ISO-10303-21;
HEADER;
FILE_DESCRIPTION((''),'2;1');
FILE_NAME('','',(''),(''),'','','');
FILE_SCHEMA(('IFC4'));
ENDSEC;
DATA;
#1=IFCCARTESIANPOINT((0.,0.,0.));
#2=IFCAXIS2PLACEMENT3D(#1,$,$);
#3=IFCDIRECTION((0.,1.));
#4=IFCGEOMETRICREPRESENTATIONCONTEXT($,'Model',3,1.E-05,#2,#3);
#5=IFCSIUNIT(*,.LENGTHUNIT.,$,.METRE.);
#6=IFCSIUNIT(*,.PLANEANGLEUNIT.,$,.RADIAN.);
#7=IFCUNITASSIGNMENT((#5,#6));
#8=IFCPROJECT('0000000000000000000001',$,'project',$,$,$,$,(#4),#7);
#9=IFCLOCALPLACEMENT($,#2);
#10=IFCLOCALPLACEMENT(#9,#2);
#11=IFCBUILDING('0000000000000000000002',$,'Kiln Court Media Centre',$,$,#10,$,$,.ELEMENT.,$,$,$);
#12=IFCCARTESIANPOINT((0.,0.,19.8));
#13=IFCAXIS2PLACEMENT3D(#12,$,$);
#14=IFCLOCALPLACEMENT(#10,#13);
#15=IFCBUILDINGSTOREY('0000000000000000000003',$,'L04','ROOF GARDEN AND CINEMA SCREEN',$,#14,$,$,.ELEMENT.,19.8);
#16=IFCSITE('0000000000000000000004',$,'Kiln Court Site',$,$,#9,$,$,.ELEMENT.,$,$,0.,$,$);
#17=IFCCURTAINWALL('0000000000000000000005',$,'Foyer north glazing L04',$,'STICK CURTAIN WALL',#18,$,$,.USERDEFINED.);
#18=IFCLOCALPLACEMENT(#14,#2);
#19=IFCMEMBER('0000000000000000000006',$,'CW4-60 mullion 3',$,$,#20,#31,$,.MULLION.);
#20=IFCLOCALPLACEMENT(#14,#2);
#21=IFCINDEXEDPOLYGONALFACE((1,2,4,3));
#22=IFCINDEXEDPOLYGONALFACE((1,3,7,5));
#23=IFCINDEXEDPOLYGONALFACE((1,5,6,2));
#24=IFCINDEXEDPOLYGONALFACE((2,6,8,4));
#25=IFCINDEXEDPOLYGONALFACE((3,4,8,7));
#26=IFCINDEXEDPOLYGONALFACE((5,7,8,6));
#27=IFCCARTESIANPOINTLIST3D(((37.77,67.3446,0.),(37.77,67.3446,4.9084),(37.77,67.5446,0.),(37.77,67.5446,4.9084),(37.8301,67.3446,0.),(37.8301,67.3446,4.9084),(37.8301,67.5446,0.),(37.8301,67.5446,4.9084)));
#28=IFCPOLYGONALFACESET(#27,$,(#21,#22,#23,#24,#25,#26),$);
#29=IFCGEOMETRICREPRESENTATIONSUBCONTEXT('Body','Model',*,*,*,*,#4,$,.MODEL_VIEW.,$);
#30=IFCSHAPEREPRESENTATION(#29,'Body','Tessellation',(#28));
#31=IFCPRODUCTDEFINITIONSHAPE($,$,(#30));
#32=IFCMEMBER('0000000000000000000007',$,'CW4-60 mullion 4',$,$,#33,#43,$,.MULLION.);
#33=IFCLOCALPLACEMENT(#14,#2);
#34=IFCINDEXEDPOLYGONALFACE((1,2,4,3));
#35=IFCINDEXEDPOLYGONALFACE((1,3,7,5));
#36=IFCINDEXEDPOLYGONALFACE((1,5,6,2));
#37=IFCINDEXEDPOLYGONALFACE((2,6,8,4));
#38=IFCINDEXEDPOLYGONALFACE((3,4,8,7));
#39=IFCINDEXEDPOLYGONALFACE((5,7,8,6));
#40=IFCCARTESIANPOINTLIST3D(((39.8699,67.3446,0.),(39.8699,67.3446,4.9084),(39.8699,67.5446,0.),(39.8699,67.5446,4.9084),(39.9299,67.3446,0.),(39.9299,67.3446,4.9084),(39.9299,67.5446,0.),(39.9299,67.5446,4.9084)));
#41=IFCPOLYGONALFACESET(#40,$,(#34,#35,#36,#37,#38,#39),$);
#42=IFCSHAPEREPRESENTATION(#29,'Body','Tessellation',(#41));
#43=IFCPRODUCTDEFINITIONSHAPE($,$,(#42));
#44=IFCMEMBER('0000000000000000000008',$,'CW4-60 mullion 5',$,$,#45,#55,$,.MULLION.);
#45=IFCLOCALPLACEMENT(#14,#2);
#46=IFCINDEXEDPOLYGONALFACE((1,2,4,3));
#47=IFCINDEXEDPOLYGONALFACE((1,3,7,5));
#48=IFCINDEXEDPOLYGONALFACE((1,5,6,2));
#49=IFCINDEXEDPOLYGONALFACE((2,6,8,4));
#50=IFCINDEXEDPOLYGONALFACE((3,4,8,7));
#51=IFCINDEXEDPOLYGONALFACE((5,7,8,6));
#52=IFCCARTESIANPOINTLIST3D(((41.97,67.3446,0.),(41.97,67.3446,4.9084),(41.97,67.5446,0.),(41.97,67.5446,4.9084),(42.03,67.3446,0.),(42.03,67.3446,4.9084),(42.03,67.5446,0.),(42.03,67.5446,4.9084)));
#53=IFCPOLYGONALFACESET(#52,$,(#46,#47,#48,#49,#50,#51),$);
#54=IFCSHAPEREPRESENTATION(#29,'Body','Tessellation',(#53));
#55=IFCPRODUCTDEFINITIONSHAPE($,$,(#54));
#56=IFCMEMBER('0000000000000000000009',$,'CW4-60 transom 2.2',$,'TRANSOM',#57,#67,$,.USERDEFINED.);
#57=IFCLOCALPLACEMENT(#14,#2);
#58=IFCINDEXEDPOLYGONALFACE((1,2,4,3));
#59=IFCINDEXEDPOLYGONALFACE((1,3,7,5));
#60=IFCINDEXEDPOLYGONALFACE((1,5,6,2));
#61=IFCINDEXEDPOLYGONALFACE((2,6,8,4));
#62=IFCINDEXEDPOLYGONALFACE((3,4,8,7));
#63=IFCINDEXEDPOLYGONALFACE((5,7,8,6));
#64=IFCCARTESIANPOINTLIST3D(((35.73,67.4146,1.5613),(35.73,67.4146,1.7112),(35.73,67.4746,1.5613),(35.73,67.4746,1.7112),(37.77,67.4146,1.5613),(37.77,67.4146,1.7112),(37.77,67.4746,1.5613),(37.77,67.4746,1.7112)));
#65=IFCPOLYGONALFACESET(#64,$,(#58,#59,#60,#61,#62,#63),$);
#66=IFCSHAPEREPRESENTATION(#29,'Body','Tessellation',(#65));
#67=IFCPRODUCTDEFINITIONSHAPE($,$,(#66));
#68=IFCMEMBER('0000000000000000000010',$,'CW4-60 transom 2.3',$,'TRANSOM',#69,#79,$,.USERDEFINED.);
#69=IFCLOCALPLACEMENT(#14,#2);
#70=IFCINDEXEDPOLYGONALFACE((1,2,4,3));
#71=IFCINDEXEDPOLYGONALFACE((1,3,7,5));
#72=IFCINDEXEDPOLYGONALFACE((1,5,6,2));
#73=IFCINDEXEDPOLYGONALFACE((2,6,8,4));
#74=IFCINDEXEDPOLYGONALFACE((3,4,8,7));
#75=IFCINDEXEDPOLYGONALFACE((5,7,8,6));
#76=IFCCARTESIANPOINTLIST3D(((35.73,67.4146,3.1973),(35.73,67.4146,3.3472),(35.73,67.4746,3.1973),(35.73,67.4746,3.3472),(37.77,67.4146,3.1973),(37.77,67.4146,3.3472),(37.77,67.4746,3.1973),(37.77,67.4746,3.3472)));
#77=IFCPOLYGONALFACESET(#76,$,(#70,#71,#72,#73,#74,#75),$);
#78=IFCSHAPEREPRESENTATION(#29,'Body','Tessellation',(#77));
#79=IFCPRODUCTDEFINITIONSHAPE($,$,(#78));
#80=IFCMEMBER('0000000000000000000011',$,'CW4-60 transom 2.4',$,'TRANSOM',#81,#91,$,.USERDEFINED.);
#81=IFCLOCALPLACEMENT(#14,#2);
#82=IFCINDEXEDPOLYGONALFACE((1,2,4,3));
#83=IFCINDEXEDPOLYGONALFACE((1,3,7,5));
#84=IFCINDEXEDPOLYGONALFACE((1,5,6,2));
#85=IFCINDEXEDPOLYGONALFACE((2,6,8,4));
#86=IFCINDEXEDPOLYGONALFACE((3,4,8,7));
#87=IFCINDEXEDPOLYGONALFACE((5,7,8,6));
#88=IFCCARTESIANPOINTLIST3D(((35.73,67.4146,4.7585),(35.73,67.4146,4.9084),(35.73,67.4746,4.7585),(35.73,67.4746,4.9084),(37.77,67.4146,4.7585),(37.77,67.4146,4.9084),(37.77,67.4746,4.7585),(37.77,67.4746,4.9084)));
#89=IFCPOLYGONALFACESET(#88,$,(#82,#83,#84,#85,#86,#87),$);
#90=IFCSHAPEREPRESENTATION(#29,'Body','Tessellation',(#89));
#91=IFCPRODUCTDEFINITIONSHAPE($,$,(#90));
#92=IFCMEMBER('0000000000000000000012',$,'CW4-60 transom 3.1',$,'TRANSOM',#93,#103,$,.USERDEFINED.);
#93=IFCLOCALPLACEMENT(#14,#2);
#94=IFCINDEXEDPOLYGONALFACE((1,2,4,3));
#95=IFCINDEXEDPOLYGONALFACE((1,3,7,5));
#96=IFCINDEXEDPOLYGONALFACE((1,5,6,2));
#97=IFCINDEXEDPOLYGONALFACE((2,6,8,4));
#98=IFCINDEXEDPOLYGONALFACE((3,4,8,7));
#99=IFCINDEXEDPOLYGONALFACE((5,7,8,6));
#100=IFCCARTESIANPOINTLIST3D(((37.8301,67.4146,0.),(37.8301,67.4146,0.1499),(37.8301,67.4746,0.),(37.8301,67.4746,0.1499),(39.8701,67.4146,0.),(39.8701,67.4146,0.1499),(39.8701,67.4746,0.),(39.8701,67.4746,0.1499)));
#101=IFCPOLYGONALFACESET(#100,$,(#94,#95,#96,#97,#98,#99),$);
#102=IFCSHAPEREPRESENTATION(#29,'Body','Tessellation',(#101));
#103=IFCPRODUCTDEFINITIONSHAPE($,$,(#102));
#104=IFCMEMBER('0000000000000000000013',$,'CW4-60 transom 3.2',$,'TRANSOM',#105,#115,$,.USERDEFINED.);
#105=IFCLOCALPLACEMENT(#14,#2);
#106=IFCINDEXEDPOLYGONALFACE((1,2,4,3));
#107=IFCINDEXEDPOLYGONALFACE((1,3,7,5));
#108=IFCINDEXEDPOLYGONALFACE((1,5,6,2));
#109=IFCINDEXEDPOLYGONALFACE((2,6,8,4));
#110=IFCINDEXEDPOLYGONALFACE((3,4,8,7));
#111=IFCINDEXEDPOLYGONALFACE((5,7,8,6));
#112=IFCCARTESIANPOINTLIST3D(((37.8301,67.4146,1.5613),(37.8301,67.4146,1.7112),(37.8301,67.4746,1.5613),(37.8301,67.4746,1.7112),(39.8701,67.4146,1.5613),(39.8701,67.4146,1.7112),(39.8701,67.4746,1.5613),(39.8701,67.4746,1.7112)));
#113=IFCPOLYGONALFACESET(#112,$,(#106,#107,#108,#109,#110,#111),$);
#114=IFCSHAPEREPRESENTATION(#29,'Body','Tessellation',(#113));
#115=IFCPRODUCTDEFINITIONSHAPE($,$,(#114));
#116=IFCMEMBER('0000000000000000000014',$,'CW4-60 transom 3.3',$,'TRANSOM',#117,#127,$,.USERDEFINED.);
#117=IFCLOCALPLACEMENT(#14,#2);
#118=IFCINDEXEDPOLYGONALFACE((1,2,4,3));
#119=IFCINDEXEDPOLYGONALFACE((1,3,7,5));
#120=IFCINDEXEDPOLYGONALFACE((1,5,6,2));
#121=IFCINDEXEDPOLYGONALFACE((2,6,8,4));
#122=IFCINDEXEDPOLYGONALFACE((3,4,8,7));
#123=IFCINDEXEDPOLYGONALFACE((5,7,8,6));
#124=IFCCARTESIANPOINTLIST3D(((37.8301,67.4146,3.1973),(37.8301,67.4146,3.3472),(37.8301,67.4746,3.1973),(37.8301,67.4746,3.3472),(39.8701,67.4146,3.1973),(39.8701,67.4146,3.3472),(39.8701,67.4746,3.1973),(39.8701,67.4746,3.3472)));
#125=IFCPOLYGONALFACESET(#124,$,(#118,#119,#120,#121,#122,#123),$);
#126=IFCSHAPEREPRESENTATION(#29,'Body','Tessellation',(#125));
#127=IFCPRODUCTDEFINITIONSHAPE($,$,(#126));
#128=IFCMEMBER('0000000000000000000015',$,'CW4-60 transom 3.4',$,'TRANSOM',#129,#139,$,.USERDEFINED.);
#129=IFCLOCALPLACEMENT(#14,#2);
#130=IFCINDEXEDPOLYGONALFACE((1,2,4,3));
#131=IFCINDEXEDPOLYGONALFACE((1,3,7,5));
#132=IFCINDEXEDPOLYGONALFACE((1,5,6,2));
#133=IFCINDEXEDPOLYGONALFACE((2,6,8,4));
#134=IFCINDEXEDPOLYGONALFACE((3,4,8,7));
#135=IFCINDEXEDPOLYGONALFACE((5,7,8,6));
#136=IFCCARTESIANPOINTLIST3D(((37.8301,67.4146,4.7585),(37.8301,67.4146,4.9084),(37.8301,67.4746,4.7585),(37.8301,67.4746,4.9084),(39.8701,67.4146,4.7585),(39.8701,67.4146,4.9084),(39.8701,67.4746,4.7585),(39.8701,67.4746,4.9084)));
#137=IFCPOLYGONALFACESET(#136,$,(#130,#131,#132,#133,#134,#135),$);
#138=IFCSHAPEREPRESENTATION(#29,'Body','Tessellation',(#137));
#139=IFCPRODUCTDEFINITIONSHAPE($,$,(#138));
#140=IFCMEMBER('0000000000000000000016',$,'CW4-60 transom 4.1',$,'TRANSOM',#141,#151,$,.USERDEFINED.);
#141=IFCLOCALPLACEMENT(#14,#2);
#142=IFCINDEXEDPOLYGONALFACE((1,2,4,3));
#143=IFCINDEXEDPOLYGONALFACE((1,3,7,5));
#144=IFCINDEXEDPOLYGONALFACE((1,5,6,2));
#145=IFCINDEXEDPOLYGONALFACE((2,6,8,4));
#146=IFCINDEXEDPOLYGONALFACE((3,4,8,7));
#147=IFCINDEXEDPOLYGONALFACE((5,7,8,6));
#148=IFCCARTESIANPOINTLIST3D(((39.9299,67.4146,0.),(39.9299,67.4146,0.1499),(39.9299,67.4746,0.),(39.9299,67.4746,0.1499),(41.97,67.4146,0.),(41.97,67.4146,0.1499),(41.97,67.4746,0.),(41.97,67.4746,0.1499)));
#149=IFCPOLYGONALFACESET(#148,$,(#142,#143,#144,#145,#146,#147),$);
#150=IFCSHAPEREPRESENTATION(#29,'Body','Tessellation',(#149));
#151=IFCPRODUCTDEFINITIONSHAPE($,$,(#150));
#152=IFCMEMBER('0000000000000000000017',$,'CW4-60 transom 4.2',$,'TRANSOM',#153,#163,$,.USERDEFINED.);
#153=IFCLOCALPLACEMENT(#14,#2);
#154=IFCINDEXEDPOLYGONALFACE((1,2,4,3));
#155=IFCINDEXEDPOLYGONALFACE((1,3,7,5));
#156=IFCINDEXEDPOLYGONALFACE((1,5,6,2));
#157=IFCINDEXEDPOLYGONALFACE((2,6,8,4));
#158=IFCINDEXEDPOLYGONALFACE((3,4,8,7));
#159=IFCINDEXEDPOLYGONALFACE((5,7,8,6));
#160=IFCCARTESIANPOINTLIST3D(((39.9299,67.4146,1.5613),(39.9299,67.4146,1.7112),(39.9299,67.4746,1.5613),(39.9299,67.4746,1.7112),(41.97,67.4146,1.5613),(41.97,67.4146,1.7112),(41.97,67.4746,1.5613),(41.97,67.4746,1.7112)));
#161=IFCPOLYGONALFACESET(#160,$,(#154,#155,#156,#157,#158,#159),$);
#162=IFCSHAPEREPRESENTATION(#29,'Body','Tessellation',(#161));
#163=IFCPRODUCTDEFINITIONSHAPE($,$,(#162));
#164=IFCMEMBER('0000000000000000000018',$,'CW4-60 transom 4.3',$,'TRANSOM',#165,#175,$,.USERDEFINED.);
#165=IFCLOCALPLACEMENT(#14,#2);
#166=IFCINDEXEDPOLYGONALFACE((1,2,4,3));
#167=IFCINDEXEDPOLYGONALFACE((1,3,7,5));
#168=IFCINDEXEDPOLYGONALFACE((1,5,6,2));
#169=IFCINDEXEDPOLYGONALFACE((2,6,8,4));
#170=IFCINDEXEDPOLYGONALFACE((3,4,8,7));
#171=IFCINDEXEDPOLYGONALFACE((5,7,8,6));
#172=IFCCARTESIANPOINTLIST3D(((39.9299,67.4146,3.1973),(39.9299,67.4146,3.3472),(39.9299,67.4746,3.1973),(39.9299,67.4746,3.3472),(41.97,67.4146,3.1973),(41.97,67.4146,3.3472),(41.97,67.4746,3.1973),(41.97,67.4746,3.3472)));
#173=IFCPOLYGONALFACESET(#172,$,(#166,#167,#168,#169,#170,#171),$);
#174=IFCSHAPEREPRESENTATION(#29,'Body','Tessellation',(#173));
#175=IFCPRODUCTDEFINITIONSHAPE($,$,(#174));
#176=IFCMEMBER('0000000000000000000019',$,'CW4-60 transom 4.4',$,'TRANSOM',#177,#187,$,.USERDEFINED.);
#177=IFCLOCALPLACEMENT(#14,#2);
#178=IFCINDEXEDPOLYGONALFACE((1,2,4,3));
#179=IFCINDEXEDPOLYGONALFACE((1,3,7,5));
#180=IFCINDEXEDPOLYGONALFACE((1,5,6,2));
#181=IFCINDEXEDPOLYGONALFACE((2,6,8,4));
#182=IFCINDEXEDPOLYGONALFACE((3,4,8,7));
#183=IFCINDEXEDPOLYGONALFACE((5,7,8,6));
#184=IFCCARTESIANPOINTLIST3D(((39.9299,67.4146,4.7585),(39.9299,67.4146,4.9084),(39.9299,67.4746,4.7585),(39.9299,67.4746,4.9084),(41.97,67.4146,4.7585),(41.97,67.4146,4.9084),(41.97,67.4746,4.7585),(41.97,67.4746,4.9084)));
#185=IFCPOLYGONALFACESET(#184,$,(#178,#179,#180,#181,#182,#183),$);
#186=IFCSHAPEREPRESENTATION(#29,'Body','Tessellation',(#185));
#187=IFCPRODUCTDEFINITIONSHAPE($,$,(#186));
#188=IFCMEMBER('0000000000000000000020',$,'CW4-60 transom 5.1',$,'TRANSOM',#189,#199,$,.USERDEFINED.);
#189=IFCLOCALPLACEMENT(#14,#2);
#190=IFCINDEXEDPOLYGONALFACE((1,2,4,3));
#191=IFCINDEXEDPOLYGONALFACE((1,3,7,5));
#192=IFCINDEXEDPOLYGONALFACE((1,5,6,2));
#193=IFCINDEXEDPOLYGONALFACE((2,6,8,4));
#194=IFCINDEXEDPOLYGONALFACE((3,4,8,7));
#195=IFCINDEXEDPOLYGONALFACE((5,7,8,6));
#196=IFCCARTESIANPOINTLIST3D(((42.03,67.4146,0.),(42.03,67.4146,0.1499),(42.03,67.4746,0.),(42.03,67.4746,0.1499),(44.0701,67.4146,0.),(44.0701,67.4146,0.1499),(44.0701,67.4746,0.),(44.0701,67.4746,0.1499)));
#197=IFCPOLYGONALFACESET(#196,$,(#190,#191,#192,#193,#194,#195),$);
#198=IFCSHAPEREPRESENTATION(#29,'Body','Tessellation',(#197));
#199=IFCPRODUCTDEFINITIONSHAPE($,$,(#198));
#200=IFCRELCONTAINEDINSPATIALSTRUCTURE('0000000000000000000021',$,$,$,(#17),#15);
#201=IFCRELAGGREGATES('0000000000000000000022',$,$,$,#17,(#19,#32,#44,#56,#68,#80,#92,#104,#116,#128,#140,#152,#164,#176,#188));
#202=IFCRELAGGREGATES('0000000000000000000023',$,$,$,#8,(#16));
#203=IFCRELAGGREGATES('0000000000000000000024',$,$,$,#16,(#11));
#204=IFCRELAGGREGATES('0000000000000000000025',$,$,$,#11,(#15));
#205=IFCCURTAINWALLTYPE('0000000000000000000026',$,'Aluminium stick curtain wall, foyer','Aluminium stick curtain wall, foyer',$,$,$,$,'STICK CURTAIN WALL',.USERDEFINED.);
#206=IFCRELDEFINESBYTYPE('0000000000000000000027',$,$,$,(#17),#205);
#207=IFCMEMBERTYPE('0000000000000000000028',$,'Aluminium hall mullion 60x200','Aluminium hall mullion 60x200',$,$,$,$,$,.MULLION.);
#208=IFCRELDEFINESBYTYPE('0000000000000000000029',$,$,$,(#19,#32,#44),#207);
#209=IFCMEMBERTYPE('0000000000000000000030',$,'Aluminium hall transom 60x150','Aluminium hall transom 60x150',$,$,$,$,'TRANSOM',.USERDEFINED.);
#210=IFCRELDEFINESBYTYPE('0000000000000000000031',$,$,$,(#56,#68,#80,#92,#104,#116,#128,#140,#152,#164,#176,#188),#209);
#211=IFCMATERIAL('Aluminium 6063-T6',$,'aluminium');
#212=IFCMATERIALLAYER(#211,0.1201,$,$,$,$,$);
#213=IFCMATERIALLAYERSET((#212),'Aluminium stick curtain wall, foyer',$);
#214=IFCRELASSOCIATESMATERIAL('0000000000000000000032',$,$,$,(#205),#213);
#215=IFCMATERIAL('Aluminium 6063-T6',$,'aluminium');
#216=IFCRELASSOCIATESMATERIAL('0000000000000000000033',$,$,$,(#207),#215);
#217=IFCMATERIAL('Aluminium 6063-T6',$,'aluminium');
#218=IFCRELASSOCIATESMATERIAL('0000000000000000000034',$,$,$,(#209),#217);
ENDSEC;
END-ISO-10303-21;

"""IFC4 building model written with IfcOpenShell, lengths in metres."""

from ifc_helpers import new_model, si_unit, direction, frame, origin, origin_2d, place, context, subcontext, project, spatial, rectangle, extrude, material, layer, layer_set, material_profile, profile_set, type_object, element, aggregate, save


model = new_model("IFC4")

# Units and contexts
model_context = context("Model", 3, precision=1e-05, world=origin(), true_north=direction((0.0, 1.0)))
body_context = subcontext(model_context, "Body", "Model", "MODEL_VIEW")
ifc_project = project(units=[si_unit("LENGTHUNIT", "METRE"), si_unit("PLANEANGLEUNIT", "RADIAN")], contexts=[model_context])

# Site, building, storey
site_placement = place(None, origin())
site = spatial("IfcSite", under=ifc_project, at=site_placement, Name="Kiln Court Site", CompositionType="ELEMENT", RefElevation=0.0)
building_placement = place(site_placement, origin())
building = spatial("IfcBuilding", under=site, at=building_placement, Name="Kiln Court Media Centre", CompositionType="ELEMENT")
storey_placement = place(building_placement, frame((0.0, 0.0, 19.8)))
storey = spatial("IfcBuildingStorey", under=building, at=storey_placement, Name="L04", Description="ROOF GARDEN AND CINEMA SCREEN", CompositionType="ELEMENT", Elevation=19.8)

# Curtain wall, members
ifc_material_1 = material(Name="Aluminium 6063-T6", Category="aluminium")
ifc_layer_1 = layer(ifc_material_1, 0.1201)
ifc_layer_set_1 = layer_set([ifc_layer_1], Name="Aluminium stick curtain wall, foyer")
curtain_wall_type = type_object("IfcCurtainWallType", Name="Aluminium stick curtain wall, foyer", Description="Aluminium stick curtain wall, foyer", ElementType="STICK CURTAIN WALL", PredefinedType="USERDEFINED", material=ifc_layer_set_1)
curtain_wall_placement = place(storey_placement, origin())
curtain_wall = element("IfcCurtainWall", 1, at=curtain_wall_placement, inside=storey, type_object=curtain_wall_type, Name="Foyer north glazing L04", ObjectType="STICK CURTAIN WALL", PredefinedType="USERDEFINED")
ifc_material_2 = material(Name="Aluminium 6063-T6", Category="aluminium")
ifc_material_profile_1 = material_profile(ifc_material_2, rectangle(XDim=0.0601, YDim=0.2, at=origin_2d()), Name="Aluminium hall mullion 60x200")
ifc_profile_set_1 = profile_set([ifc_material_profile_1], Name="Aluminium 6063-T6")
member_type_1 = type_object("IfcMemberType", Name="Aluminium hall mullion 60x200", Description="Aluminium hall mullion 60x200", PredefinedType="MULLION", material=ifc_profile_set_1)
member_1_placement = place(storey_placement, frame((37.8, 67.4446, 0.0), z_axis=(0.0, 0.0, 1.0), x_axis=(1.0, 0.0, 0.0)))
member_1 = element("IfcMember", 2, at=member_1_placement, type_object=member_type_1, Name="CW4-60 mullion 3", PredefinedType="MULLION", context=body_context, shape_type="SweptSolid", body=[
    extrude(rectangle(XDim=0.0601, YDim=0.2, at=origin_2d()), origin(), (0.0, 0.0, 1.0), 4.9084),
])
member_2_placement = place(storey_placement, frame((39.8999, 67.4446, 0.0), z_axis=(0.0, 0.0, 1.0), x_axis=(1.0, 0.0, 0.0)))
member_2 = element("IfcMember", 3, at=member_2_placement, type_object=member_type_1, Name="CW4-60 mullion 4", PredefinedType="MULLION", context=body_context, shape_type="SweptSolid", body=[
    extrude(rectangle(XDim=0.0601, YDim=0.2, at=origin_2d()), origin(), (0.0, 0.0, 1.0), 4.9084),
])
member_3_placement = place(storey_placement, frame((42.0, 67.4446, 0.0), z_axis=(0.0, 0.0, 1.0), x_axis=(1.0, 0.0, 0.0)))
member_3 = element("IfcMember", 4, at=member_3_placement, type_object=member_type_1, Name="CW4-60 mullion 5", PredefinedType="MULLION", context=body_context, shape_type="SweptSolid", body=[
    extrude(rectangle(XDim=0.0601, YDim=0.2, at=origin_2d()), origin(), (0.0, 0.0, 1.0), 4.9084),
])
ifc_material_3 = material(Name="Aluminium 6063-T6", Category="aluminium")
ifc_material_profile_2 = material_profile(ifc_material_3, rectangle(XDim=0.0601, YDim=0.1499, at=origin_2d()), Name="Aluminium hall transom 60x150")
ifc_profile_set_2 = profile_set([ifc_material_profile_2], Name="Aluminium 6063-T6")
member_type_2 = type_object("IfcMemberType", Name="Aluminium hall transom 60x150", Description="Aluminium hall transom 60x150", ElementType="TRANSOM", PredefinedType="USERDEFINED", material=ifc_profile_set_2)
member_4_placement = place(storey_placement, frame((35.73, 67.4446, 1.6362), z_axis=(1.0, 0.0, 0.0), x_axis=(0.0, 1.0, 0.0)))
member_4 = element("IfcMember", 5, at=member_4_placement, type_object=member_type_2, Name="CW4-60 transom 2.2", ObjectType="TRANSOM", PredefinedType="USERDEFINED", context=body_context, shape_type="SweptSolid", body=[
    extrude(rectangle(XDim=0.0601, YDim=0.1499, at=origin_2d()), origin(), (0.0, 0.0, 1.0), 2.04),
])
member_5_placement = place(storey_placement, frame((35.73, 67.4446, 3.2722), z_axis=(1.0, 0.0, 0.0), x_axis=(0.0, 1.0, 0.0)))
member_5 = element("IfcMember", 6, at=member_5_placement, type_object=member_type_2, Name="CW4-60 transom 2.3", ObjectType="TRANSOM", PredefinedType="USERDEFINED", context=body_context, shape_type="SweptSolid", body=[
    extrude(rectangle(XDim=0.0601, YDim=0.1499, at=origin_2d()), origin(), (0.0, 0.0, 1.0), 2.04),
])
member_6_placement = place(storey_placement, frame((35.73, 67.4446, 4.8335), z_axis=(1.0, 0.0, 0.0), x_axis=(0.0, 1.0, 0.0)))
member_6 = element("IfcMember", 7, at=member_6_placement, type_object=member_type_2, Name="CW4-60 transom 2.4", ObjectType="TRANSOM", PredefinedType="USERDEFINED", context=body_context, shape_type="SweptSolid", body=[
    extrude(rectangle(XDim=0.0601, YDim=0.1499, at=origin_2d()), origin(), (0.0, 0.0, 1.0), 2.04),
])
member_7_placement = place(storey_placement, frame((37.8301, 67.4446, 0.075), z_axis=(1.0, 0.0, 0.0), x_axis=(0.0, 1.0, 0.0)))
member_7 = element("IfcMember", 8, at=member_7_placement, type_object=member_type_2, Name="CW4-60 transom 3.1", ObjectType="TRANSOM", PredefinedType="USERDEFINED", context=body_context, shape_type="SweptSolid", body=[
    extrude(rectangle(XDim=0.0601, YDim=0.1499, at=origin_2d()), origin(), (0.0, 0.0, 1.0), 2.04),
])
member_8_placement = place(storey_placement, frame((37.8301, 67.4446, 1.6362), z_axis=(1.0, 0.0, 0.0), x_axis=(0.0, 1.0, 0.0)))
member_8 = element("IfcMember", 9, at=member_8_placement, type_object=member_type_2, Name="CW4-60 transom 3.2", ObjectType="TRANSOM", PredefinedType="USERDEFINED", context=body_context, shape_type="SweptSolid", body=[
    extrude(rectangle(XDim=0.0601, YDim=0.1499, at=origin_2d()), origin(), (0.0, 0.0, 1.0), 2.04),
])
member_9_placement = place(storey_placement, frame((37.8301, 67.4446, 3.2722), z_axis=(1.0, 0.0, 0.0), x_axis=(0.0, 1.0, 0.0)))
member_9 = element("IfcMember", 10, at=member_9_placement, type_object=member_type_2, Name="CW4-60 transom 3.3", ObjectType="TRANSOM", PredefinedType="USERDEFINED", context=body_context, shape_type="SweptSolid", body=[
    extrude(rectangle(XDim=0.0601, YDim=0.1499, at=origin_2d()), origin(), (0.0, 0.0, 1.0), 2.04),
])
member_10_placement = place(storey_placement, frame((37.8301, 67.4446, 4.8335), z_axis=(1.0, 0.0, 0.0), x_axis=(0.0, 1.0, 0.0)))
member_10 = element("IfcMember", 11, at=member_10_placement, type_object=member_type_2, Name="CW4-60 transom 3.4", ObjectType="TRANSOM", PredefinedType="USERDEFINED", context=body_context, shape_type="SweptSolid", body=[
    extrude(rectangle(XDim=0.0601, YDim=0.1499, at=origin_2d()), origin(), (0.0, 0.0, 1.0), 2.04),
])
member_11_placement = place(storey_placement, frame((39.9299, 67.4446, 0.075), z_axis=(1.0, 0.0, 0.0), x_axis=(0.0, 1.0, 0.0)))
member_11 = element("IfcMember", 12, at=member_11_placement, type_object=member_type_2, Name="CW4-60 transom 4.1", ObjectType="TRANSOM", PredefinedType="USERDEFINED", context=body_context, shape_type="SweptSolid", body=[
    extrude(rectangle(XDim=0.0601, YDim=0.1499, at=origin_2d()), origin(), (0.0, 0.0, 1.0), 2.04),
])
member_12_placement = place(storey_placement, frame((39.9299, 67.4446, 1.6362), z_axis=(1.0, 0.0, 0.0), x_axis=(0.0, 1.0, 0.0)))
member_12 = element("IfcMember", 13, at=member_12_placement, type_object=member_type_2, Name="CW4-60 transom 4.2", ObjectType="TRANSOM", PredefinedType="USERDEFINED", context=body_context, shape_type="SweptSolid", body=[
    extrude(rectangle(XDim=0.0601, YDim=0.1499, at=origin_2d()), origin(), (0.0, 0.0, 1.0), 2.04),
])
member_13_placement = place(storey_placement, frame((39.9299, 67.4446, 3.2722), z_axis=(1.0, 0.0, 0.0), x_axis=(0.0, 1.0, 0.0)))
member_13 = element("IfcMember", 14, at=member_13_placement, type_object=member_type_2, Name="CW4-60 transom 4.3", ObjectType="TRANSOM", PredefinedType="USERDEFINED", context=body_context, shape_type="SweptSolid", body=[
    extrude(rectangle(XDim=0.0601, YDim=0.1499, at=origin_2d()), origin(), (0.0, 0.0, 1.0), 2.04),
])
member_14_placement = place(storey_placement, frame((39.9299, 67.4446, 4.8335), z_axis=(1.0, 0.0, 0.0), x_axis=(0.0, 1.0, 0.0)))
member_14 = element("IfcMember", 15, at=member_14_placement, type_object=member_type_2, Name="CW4-60 transom 4.4", ObjectType="TRANSOM", PredefinedType="USERDEFINED", context=body_context, shape_type="SweptSolid", body=[
    extrude(rectangle(XDim=0.0601, YDim=0.1499, at=origin_2d()), origin(), (0.0, 0.0, 1.0), 2.04),
])
member_15_placement = place(storey_placement, frame((42.03, 67.4446, 0.075), z_axis=(1.0, 0.0, 0.0), x_axis=(0.0, 1.0, 0.0)))
member_15 = element("IfcMember", 16, at=member_15_placement, type_object=member_type_2, Name="CW4-60 transom 5.1", ObjectType="TRANSOM", PredefinedType="USERDEFINED", context=body_context, shape_type="SweptSolid", body=[
    extrude(rectangle(XDim=0.0601, YDim=0.1499, at=origin_2d()), origin(), (0.0, 0.0, 1.0), 2.04),
])
aggregate(curtain_wall, [member_1, member_2, member_3, member_4, member_5, member_6, member_7, member_8, member_9, member_10, member_11, member_12, member_13, member_14, member_15])

save(model, "model.ifc")
